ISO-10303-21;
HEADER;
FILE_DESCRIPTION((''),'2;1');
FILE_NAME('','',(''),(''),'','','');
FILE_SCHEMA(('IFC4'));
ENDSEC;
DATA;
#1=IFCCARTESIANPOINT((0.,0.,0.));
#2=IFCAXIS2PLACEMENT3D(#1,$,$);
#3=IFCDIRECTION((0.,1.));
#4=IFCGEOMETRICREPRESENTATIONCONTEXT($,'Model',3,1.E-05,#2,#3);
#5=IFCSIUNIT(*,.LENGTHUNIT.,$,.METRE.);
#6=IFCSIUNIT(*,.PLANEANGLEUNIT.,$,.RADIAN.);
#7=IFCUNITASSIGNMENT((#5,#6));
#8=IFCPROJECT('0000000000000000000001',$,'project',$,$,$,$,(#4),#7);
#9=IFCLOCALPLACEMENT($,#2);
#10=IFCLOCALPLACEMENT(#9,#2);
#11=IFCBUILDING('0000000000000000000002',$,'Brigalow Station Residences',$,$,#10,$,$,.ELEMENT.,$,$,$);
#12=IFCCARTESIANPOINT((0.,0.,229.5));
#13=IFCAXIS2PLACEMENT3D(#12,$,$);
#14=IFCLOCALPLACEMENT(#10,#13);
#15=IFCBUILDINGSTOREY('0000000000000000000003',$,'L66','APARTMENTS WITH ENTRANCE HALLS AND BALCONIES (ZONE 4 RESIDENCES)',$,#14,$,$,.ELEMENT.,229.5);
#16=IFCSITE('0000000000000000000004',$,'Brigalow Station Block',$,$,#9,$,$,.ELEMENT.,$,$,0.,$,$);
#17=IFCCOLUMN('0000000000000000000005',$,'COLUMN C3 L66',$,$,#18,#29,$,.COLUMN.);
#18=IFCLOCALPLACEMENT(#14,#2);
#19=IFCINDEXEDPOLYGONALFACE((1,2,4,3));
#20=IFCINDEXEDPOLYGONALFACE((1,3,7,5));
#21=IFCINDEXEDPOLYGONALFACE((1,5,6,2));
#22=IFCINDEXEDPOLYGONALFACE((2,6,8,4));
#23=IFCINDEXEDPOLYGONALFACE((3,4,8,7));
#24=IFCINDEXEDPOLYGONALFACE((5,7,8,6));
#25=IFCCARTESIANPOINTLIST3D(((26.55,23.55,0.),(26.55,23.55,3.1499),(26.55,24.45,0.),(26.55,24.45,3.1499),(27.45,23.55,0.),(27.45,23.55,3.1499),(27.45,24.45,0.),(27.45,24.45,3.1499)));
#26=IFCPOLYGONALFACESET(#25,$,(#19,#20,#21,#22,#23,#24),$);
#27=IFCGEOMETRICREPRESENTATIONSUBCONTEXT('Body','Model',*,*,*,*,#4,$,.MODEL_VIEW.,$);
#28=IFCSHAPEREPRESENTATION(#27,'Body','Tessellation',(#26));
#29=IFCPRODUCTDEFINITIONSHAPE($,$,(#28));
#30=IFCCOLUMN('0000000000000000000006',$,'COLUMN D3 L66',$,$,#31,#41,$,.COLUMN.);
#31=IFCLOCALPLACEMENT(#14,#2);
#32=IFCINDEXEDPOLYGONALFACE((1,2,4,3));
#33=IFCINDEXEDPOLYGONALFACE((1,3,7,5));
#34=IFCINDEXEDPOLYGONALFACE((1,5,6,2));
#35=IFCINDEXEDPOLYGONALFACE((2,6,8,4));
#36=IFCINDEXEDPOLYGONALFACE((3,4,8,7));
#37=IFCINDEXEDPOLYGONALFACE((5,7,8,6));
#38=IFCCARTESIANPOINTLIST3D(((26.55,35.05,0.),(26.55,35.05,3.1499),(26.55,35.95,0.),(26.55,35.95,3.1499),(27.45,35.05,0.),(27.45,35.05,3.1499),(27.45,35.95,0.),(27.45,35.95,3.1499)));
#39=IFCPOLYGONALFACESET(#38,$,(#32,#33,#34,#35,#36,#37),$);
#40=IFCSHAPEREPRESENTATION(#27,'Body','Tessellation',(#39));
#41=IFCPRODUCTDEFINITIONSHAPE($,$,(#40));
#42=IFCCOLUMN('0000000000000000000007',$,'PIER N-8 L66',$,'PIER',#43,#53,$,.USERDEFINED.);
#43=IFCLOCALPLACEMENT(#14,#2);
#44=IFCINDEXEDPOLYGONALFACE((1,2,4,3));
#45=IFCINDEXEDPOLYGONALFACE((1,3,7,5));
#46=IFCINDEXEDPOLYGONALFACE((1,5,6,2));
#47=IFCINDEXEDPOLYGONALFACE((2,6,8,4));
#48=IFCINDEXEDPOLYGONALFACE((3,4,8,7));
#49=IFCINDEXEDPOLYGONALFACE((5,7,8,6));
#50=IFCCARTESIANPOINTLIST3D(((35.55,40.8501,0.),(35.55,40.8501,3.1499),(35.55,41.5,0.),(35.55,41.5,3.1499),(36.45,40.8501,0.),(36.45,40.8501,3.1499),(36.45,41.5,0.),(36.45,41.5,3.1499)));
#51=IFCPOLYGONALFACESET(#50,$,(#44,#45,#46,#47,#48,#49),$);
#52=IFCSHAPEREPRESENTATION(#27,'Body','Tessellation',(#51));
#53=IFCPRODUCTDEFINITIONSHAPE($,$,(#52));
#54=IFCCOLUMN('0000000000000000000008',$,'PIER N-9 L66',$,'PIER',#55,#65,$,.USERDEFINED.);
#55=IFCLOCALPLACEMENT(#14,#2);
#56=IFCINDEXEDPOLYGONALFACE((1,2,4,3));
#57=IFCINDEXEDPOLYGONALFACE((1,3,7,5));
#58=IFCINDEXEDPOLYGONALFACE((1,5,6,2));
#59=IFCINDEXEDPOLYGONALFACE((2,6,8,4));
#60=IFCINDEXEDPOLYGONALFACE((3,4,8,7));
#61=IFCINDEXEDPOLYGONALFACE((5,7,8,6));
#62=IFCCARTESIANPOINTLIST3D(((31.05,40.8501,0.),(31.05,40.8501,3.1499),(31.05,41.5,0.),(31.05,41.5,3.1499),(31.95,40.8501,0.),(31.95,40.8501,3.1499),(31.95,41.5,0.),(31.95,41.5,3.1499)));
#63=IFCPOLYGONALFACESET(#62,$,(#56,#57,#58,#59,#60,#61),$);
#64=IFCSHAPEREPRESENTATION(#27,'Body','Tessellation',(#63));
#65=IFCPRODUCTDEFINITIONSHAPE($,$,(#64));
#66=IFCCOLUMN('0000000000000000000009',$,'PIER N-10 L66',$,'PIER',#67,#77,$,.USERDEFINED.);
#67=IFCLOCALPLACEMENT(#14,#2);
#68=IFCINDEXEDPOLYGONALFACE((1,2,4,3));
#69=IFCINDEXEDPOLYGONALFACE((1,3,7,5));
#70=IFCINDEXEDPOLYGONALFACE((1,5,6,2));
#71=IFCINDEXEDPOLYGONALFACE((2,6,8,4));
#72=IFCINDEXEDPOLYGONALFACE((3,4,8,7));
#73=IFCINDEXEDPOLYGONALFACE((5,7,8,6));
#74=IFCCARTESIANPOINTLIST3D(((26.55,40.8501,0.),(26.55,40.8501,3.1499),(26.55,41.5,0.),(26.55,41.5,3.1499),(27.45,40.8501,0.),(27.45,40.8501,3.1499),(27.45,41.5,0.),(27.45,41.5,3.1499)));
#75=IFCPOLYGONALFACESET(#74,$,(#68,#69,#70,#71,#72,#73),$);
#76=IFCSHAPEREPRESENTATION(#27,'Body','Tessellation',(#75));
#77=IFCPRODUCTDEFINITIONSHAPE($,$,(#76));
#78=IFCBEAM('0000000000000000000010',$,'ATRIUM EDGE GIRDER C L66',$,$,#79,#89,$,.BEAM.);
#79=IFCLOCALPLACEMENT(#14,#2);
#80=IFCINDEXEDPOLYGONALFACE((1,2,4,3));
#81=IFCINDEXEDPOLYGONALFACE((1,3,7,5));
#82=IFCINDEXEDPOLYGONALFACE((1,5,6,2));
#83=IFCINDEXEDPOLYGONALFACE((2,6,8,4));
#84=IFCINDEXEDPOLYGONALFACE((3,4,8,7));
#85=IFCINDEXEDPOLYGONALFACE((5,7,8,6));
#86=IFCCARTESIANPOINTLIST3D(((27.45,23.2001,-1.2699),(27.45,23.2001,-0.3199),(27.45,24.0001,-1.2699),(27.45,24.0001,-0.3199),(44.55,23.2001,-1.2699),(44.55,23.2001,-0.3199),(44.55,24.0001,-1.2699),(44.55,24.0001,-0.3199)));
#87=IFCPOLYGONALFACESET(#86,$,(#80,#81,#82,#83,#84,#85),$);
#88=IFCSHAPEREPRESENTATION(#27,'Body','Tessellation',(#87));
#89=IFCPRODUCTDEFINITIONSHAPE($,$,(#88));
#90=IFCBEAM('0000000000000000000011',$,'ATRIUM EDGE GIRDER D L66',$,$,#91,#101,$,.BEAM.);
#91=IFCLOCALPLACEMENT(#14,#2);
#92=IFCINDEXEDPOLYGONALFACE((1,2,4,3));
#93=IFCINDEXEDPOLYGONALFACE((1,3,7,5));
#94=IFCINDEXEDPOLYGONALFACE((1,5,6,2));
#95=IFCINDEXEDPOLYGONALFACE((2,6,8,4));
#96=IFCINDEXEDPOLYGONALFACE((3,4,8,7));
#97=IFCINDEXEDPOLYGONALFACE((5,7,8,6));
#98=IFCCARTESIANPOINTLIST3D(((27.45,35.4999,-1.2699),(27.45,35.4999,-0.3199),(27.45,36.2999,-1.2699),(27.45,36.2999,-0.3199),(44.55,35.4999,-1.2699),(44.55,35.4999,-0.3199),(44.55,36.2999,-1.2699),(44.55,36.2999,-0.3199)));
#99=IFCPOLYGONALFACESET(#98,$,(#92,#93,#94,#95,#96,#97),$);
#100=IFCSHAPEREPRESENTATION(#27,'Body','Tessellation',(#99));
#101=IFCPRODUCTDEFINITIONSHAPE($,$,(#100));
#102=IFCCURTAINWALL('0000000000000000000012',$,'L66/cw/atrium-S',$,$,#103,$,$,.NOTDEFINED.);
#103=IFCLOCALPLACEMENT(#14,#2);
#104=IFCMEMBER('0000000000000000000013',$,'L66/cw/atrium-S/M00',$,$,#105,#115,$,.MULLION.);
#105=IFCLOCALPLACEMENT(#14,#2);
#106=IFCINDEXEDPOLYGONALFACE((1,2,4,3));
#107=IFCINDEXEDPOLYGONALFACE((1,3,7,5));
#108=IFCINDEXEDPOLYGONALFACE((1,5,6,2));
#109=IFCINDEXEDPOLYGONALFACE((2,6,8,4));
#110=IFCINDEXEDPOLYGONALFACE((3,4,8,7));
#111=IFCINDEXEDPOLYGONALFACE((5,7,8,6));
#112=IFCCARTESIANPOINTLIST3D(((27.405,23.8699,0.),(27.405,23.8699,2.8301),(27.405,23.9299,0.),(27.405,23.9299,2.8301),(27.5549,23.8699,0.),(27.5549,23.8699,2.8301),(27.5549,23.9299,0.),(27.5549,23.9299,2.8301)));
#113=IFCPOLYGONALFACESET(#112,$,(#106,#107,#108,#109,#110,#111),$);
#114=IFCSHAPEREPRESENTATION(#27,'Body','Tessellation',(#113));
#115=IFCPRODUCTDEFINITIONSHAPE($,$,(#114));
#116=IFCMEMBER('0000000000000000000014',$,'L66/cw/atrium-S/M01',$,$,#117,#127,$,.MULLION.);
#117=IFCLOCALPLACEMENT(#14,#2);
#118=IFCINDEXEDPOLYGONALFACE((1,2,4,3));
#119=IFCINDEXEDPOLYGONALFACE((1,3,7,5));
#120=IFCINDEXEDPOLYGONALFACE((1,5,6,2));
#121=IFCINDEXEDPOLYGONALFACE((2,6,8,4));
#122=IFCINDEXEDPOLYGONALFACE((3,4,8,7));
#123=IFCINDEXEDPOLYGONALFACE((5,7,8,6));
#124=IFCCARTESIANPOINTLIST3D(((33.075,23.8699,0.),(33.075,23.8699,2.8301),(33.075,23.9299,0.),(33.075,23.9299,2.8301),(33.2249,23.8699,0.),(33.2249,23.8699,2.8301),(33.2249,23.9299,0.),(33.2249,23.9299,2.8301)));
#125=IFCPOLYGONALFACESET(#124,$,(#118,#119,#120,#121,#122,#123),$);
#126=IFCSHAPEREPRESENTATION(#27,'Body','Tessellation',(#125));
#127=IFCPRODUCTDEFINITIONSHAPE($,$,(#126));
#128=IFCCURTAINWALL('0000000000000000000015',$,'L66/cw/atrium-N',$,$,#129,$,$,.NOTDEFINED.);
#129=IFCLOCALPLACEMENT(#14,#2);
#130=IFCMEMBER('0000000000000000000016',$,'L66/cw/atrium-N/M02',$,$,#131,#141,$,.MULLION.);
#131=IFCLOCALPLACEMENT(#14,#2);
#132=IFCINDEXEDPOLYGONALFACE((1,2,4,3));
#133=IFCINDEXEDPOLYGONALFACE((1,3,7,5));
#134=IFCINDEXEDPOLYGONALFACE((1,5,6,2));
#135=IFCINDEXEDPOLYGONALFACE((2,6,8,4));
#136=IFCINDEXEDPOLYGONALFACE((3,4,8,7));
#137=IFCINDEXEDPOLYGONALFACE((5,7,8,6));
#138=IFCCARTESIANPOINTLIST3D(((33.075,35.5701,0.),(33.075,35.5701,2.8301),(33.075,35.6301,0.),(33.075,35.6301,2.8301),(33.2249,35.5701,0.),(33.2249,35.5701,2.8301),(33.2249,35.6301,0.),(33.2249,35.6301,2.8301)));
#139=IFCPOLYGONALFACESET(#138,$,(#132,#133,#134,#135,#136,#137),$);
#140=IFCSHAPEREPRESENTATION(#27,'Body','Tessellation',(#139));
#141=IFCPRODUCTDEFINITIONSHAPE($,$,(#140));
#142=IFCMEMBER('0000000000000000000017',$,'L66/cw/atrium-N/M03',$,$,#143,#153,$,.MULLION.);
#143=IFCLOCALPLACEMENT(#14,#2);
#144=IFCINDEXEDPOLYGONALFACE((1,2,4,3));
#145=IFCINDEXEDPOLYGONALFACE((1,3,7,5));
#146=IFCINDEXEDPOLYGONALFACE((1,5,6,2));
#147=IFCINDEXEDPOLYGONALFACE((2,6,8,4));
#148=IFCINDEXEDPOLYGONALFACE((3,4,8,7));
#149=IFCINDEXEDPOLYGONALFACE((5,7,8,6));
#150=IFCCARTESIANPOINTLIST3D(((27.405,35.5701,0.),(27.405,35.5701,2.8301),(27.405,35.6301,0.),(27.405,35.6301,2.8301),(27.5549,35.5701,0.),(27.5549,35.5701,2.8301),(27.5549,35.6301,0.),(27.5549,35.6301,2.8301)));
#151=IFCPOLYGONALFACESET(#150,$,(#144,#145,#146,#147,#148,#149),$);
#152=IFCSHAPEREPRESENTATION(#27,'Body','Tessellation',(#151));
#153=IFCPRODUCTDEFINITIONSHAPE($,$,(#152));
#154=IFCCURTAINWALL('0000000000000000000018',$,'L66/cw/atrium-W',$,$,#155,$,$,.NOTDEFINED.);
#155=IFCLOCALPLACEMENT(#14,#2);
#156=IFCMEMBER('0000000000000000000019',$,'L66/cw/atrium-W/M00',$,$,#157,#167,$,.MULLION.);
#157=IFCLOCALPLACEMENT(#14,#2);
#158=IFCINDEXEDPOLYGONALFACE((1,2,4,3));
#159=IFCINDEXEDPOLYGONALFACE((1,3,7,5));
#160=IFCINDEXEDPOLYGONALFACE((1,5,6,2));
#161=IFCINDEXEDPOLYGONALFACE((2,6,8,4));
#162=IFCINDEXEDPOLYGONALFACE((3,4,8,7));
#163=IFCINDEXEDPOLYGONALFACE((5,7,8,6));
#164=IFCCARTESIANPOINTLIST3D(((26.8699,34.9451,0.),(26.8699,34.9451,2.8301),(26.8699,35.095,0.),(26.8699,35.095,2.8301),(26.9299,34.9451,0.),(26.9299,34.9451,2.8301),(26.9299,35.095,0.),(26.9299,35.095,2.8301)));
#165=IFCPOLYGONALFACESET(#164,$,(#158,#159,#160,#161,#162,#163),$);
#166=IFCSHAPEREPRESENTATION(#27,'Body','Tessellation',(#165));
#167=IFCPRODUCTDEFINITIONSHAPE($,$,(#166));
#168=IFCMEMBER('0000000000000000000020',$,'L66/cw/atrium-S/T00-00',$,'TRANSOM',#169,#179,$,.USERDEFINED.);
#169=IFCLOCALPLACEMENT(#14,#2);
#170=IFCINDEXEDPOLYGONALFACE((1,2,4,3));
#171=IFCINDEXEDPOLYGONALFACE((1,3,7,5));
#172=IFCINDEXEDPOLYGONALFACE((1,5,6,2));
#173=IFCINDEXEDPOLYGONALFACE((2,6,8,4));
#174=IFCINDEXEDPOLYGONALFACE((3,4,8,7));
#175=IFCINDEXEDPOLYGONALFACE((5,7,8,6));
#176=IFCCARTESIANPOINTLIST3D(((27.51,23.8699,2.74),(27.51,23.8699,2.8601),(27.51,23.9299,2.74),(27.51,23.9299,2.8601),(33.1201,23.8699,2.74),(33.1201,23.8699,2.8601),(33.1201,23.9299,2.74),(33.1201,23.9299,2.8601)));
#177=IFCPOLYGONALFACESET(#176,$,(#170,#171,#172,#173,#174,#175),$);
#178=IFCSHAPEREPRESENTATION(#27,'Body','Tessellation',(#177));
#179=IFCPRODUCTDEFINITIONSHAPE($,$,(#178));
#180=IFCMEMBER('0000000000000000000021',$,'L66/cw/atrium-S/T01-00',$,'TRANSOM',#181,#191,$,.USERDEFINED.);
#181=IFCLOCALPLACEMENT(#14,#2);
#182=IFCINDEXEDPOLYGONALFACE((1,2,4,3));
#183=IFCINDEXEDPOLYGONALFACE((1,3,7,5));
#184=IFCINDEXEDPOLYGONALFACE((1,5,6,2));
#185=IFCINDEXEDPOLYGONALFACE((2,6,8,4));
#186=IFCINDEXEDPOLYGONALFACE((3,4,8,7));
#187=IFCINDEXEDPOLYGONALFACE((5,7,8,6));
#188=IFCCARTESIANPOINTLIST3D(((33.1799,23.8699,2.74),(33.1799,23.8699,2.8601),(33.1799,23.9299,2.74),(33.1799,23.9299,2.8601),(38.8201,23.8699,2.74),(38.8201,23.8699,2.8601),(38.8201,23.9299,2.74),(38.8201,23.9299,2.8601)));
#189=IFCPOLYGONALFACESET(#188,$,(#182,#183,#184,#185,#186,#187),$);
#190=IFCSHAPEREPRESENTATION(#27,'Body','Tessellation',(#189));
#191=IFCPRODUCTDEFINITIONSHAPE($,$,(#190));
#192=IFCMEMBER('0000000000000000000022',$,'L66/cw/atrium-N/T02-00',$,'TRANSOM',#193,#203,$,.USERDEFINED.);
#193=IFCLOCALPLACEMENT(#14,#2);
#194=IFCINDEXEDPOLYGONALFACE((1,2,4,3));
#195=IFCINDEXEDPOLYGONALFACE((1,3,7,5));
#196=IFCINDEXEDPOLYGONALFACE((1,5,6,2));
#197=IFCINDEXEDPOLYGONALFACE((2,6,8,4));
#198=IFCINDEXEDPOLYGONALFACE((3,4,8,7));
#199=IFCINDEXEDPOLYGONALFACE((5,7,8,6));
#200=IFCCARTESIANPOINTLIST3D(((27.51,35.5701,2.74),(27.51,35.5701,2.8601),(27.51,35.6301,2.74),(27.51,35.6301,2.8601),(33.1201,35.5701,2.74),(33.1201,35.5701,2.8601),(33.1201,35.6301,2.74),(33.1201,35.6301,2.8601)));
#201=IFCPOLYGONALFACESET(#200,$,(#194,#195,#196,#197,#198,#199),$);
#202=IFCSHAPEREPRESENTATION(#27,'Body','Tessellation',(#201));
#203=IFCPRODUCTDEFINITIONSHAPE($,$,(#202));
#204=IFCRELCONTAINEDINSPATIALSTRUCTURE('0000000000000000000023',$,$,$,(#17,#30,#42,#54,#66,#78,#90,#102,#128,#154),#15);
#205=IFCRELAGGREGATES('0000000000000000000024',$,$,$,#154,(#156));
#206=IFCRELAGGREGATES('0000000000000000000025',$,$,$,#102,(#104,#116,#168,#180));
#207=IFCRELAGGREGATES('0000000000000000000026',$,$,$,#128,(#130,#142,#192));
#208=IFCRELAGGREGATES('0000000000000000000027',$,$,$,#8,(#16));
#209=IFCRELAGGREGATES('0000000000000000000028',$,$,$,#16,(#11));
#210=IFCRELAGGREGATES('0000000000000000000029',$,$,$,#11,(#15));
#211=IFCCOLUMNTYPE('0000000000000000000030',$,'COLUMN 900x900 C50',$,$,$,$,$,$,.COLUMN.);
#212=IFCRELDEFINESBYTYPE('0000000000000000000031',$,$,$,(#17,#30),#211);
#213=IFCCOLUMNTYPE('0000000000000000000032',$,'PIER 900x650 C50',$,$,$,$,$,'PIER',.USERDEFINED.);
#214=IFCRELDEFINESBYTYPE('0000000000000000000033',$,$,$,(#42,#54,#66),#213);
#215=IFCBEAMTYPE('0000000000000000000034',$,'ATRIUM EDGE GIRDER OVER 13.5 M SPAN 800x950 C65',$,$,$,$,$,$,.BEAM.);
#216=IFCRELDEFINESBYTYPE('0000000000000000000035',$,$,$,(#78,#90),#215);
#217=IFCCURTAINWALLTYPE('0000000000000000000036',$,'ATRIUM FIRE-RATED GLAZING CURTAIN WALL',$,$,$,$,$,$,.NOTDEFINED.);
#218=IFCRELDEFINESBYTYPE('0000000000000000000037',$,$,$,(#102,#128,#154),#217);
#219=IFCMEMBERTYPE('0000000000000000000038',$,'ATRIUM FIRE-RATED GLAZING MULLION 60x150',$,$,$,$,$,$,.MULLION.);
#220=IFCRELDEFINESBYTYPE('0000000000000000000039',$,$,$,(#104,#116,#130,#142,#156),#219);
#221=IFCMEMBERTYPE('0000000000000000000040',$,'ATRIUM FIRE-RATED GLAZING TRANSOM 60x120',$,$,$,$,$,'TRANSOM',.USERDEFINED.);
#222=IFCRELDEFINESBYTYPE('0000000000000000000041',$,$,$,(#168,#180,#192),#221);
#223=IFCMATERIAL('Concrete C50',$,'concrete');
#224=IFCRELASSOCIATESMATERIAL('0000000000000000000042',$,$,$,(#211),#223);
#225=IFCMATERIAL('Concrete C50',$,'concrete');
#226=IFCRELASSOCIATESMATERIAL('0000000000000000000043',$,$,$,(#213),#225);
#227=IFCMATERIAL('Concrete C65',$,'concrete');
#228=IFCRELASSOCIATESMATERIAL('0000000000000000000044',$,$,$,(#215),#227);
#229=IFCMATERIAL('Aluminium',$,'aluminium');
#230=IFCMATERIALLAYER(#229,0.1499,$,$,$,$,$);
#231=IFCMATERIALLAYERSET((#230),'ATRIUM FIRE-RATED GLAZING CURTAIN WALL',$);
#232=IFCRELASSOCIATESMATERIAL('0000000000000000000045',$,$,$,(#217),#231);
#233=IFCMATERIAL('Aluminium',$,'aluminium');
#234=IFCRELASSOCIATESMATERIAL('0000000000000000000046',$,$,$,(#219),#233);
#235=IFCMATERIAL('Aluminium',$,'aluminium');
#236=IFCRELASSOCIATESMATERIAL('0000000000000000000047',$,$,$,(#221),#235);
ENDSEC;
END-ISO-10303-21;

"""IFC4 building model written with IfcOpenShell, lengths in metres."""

from ifc_helpers import new_model, si_unit, direction, frame, origin, origin_2d, place, context, subcontext, project, spatial, rectangle, extrude, material, layer, layer_set, material_profile, profile_set, type_object, element, aggregate, save


model = new_model("IFC4")

# Units and contexts
model_context = context("Model", 3, precision=1e-05, world=origin(), true_north=direction((0.0, 1.0)))
body_context = subcontext(model_context, "Body", "Model", "MODEL_VIEW")
ifc_project = project(units=[si_unit("LENGTHUNIT", "METRE"), si_unit("PLANEANGLEUNIT", "RADIAN")], contexts=[model_context])

# Site, building, storey
site_placement = place(None, origin())
site = spatial("IfcSite", under=ifc_project, at=site_placement, Name="Brigalow Station Block", CompositionType="ELEMENT", RefElevation=0.0)
building_placement = place(site_placement, origin())
building = spatial("IfcBuilding", under=site, at=building_placement, Name="Brigalow Station Residences", CompositionType="ELEMENT")
storey_placement = place(building_placement, frame((0.0, 0.0, 229.5)))
storey = spatial("IfcBuildingStorey", under=building, at=storey_placement, Name="L66", Description="APARTMENTS WITH ENTRANCE HALLS AND BALCONIES (ZONE 4 RESIDENCES)", CompositionType="ELEMENT", Elevation=229.5)

# Columns
ifc_material_1 = material(Name="Concrete C50", Category="concrete")
ifc_material_profile_1 = material_profile(ifc_material_1, rectangle(XDim=0.8999, YDim=0.8999, at=origin_2d()), Name="RC900x900")
ifc_profile_set_1 = profile_set([ifc_material_profile_1], Name="Concrete C50")
column_type_1 = type_object("IfcColumnType", Name="COLUMN 900x900 C50", PredefinedType="COLUMN", material=ifc_profile_set_1)
for number, where, z_axis, x_axis, name in (
    (1, (27.0, 24.0, 0.0), (0.0, 0.0, 1.0), (1.0, 0.0, 0.0), "COLUMN C3 L66"),
    (2, (27.0, 35.5, 0.0), (0.0, 0.0, 1.0), (1.0, 0.0, 0.0), "COLUMN D3 L66"),
):
    element("IfcColumn", number, at=place(storey_placement, frame(where, z_axis=z_axis, x_axis=x_axis)), inside=storey, type_object=column_type_1, Name=name, PredefinedType="COLUMN", context=body_context, shape_type="SweptSolid", body=[
        extrude(rectangle(XDim=0.8999, YDim=0.8999, at=origin_2d()), origin(), (0.0, 0.0, 1.0), 3.1499),
    ])
ifc_material_2 = material(Name="Concrete C50", Category="concrete")
ifc_material_profile_2 = material_profile(ifc_material_2, rectangle(XDim=0.8999, YDim=0.6499, at=origin_2d()), Name="RC900x650")
ifc_profile_set_2 = profile_set([ifc_material_profile_2], Name="Concrete C50")
column_type_2 = type_object("IfcColumnType", Name="PIER 900x650 C50", ElementType="PIER", PredefinedType="USERDEFINED", material=ifc_profile_set_2)
for number, where, z_axis, x_axis, name in (
    (3, (36.0, 41.175, 0.0), (0.0, 0.0, 1.0), (-1.0, 0.0, 0.0), "PIER N-8 L66"),
    (4, (31.5, 41.175, 0.0), (0.0, 0.0, 1.0), (-1.0, 0.0, 0.0), "PIER N-9 L66"),
    (5, (27.0, 41.175, 0.0), (0.0, 0.0, 1.0), (-1.0, 0.0, 0.0), "PIER N-10 L66"),
):
    element("IfcColumn", number, at=place(storey_placement, frame(where, z_axis=z_axis, x_axis=x_axis)), inside=storey, type_object=column_type_2, Name=name, ObjectType="PIER", PredefinedType="USERDEFINED", context=body_context, shape_type="SweptSolid", body=[
        extrude(rectangle(XDim=0.8999, YDim=0.6499, at=origin_2d()), origin(), (0.0, 0.0, 1.0), 3.1499),
    ])

# Beams
ifc_material_3 = material(Name="Concrete C65", Category="concrete")
ifc_material_profile_3 = material_profile(ifc_material_3, rectangle(XDim=0.8, YDim=0.95, at=origin_2d()), Name="RC800x950")
ifc_profile_set_3 = profile_set([ifc_material_profile_3], Name="Concrete C65")
beam_type = type_object("IfcBeamType", Name="ATRIUM EDGE GIRDER OVER 13.5 M SPAN 800x950 C65", PredefinedType="BEAM", material=ifc_profile_set_3)
for number, where, z_axis, x_axis, name in (
    (6, (27.45, 23.6001, -0.7949), (1.0, 0.0, 0.0), (0.0, 1.0, 0.0), "ATRIUM EDGE GIRDER C L66"),
    (7, (27.45, 35.8999, -0.7949), (1.0, 0.0, 0.0), (0.0, 1.0, 0.0), "ATRIUM EDGE GIRDER D L66"),
):
    element("IfcBeam", number, at=place(storey_placement, frame(where, z_axis=z_axis, x_axis=x_axis)), inside=storey, type_object=beam_type, Name=name, PredefinedType="BEAM", context=body_context, shape_type="SweptSolid", body=[
        extrude(rectangle(XDim=0.8, YDim=0.95, at=origin_2d()), origin(), (0.0, 0.0, 1.0), 17.1001),
    ])

# Curtain walls, members
ifc_material_4 = material(Name="Aluminium", Category="aluminium")
ifc_layer_1 = layer(ifc_material_4, 0.1499)
ifc_layer_set_1 = layer_set([ifc_layer_1], Name="ATRIUM FIRE-RATED GLAZING CURTAIN WALL")
curtain_wall_type = type_object("IfcCurtainWallType", Name="ATRIUM FIRE-RATED GLAZING CURTAIN WALL", PredefinedType="NOTDEFINED", material=ifc_layer_set_1)
curtain_wall_1_placement = place(storey_placement, origin())
curtain_wall_1 = element("IfcCurtainWall", 8, at=curtain_wall_1_placement, inside=storey, type_object=curtain_wall_type, Name="L66/cw/atrium-S", PredefinedType="NOTDEFINED")
ifc_material_5 = material(Name="Aluminium", Category="aluminium")
ifc_material_profile_4 = material_profile(ifc_material_5, rectangle(XDim=0.0601, YDim=0.1499, at=origin_2d()), Name="ATRIUM FIRE-RATED GLAZING MULLION 60x150")
ifc_profile_set_4 = profile_set([ifc_material_profile_4], Name="Aluminium")
member_type_1 = type_object("IfcMemberType", Name="ATRIUM FIRE-RATED GLAZING MULLION 60x150", PredefinedType="MULLION", material=ifc_profile_set_4)
member_1_placement = place(storey_placement, frame((27.48, 23.8999, 0.0), z_axis=(0.0, 0.0, 1.0), x_axis=(0.0, 1.0, 0.0)))
member_1 = element("IfcMember", 9, at=member_1_placement, type_object=member_type_1, Name="L66/cw/atrium-S/M00", PredefinedType="MULLION", context=body_context, shape_type="SweptSolid", body=[
    extrude(rectangle(XDim=0.0601, YDim=0.1499, at=origin_2d()), origin(), (0.0, 0.0, 1.0), 2.8301),
])
member_2_placement = place(storey_placement, frame((33.1499, 23.8999, 0.0), z_axis=(0.0, 0.0, 1.0), x_axis=(0.0, 1.0, 0.0)))
member_2 = element("IfcMember", 10, at=member_2_placement, type_object=member_type_1, Name="L66/cw/atrium-S/M01", PredefinedType="MULLION", context=body_context, shape_type="SweptSolid", body=[
    extrude(rectangle(XDim=0.0601, YDim=0.1499, at=origin_2d()), origin(), (0.0, 0.0, 1.0), 2.8301),
])
curtain_wall_2_placement = place(storey_placement, origin())
curtain_wall_2 = element("IfcCurtainWall", 11, at=curtain_wall_2_placement, inside=storey, type_object=curtain_wall_type, Name="L66/cw/atrium-N", PredefinedType="NOTDEFINED")
member_3_placement = place(storey_placement, frame((33.1499, 35.6001, 0.0), z_axis=(0.0, 0.0, 1.0), x_axis=(0.0, -1.0, 0.0)))
member_3 = element("IfcMember", 12, at=member_3_placement, type_object=member_type_1, Name="L66/cw/atrium-N/M02", PredefinedType="MULLION", context=body_context, shape_type="SweptSolid", body=[
    extrude(rectangle(XDim=0.0601, YDim=0.1499, at=origin_2d()), origin(), (0.0, 0.0, 1.0), 2.8301),
])
member_4_placement = place(storey_placement, frame((27.48, 35.6001, 0.0), z_axis=(0.0, 0.0, 1.0), x_axis=(0.0, -1.0, 0.0)))
member_4 = element("IfcMember", 13, at=member_4_placement, type_object=member_type_1, Name="L66/cw/atrium-N/M03", PredefinedType="MULLION", context=body_context, shape_type="SweptSolid", body=[
    extrude(rectangle(XDim=0.0601, YDim=0.1499, at=origin_2d()), origin(), (0.0, 0.0, 1.0), 2.8301),
])

# Curtain wall, member
curtain_wall_3_placement = place(storey_placement, origin())
curtain_wall_3 = element("IfcCurtainWall", 14, at=curtain_wall_3_placement, inside=storey, type_object=curtain_wall_type, Name="L66/cw/atrium-W", PredefinedType="NOTDEFINED")
member_5_placement = place(storey_placement, frame((26.8999, 35.02, 0.0), z_axis=(0.0, 0.0, 1.0), x_axis=(1.0, 0.0, 0.0)))
member_5 = element("IfcMember", 15, at=member_5_placement, type_object=member_type_1, Name="L66/cw/atrium-W/M00", PredefinedType="MULLION", context=body_context, shape_type="SweptSolid", body=[
    extrude(rectangle(XDim=0.0601, YDim=0.1499, at=origin_2d()), origin(), (0.0, 0.0, 1.0), 2.8301),
])
aggregate(curtain_wall_3, [member_5])

# Members
ifc_material_6 = material(Name="Aluminium", Category="aluminium")
ifc_material_profile_5 = material_profile(ifc_material_6, rectangle(XDim=0.0601, YDim=0.1201, at=origin_2d()), Name="ATRIUM FIRE-RATED GLAZING TRANSOM 60x120")
ifc_profile_set_5 = profile_set([ifc_material_profile_5], Name="Aluminium")
member_type_2 = type_object("IfcMemberType", Name="ATRIUM FIRE-RATED GLAZING TRANSOM 60x120", ElementType="TRANSOM", PredefinedType="USERDEFINED", material=ifc_profile_set_5)
member_6_placement = place(storey_placement, frame((27.51, 23.8999, 2.8), z_axis=(1.0, 0.0, 0.0), x_axis=(0.0, 1.0, 0.0)))
member_6 = element("IfcMember", 16, at=member_6_placement, type_object=member_type_2, Name="L66/cw/atrium-S/T00-00", ObjectType="TRANSOM", PredefinedType="USERDEFINED", context=body_context, shape_type="SweptSolid", body=[
    extrude(rectangle(XDim=0.0601, YDim=0.1201, at=origin_2d()), origin(), (0.0, 0.0, 1.0), 5.6101),
])
member_7_placement = place(storey_placement, frame((33.1799, 23.8999, 2.8), z_axis=(1.0, 0.0, 0.0), x_axis=(0.0, 1.0, 0.0)))
member_7 = element("IfcMember", 17, at=member_7_placement, type_object=member_type_2, Name="L66/cw/atrium-S/T01-00", ObjectType="TRANSOM", PredefinedType="USERDEFINED", context=body_context, shape_type="SweptSolid", body=[
    extrude(rectangle(XDim=0.0601, YDim=0.1201, at=origin_2d()), origin(), (0.0, 0.0, 1.0), 5.6401),
])
member_8_placement = place(storey_placement, frame((33.1201, 35.6001, 2.8), z_axis=(-1.0, 0.0, 0.0), x_axis=(0.0, -1.0, 0.0)))
member_8 = element("IfcMember", 18, at=member_8_placement, type_object=member_type_2, Name="L66/cw/atrium-N/T02-00", ObjectType="TRANSOM", PredefinedType="USERDEFINED", context=body_context, shape_type="SweptSolid", body=[
    extrude(rectangle(XDim=0.0601, YDim=0.1201, at=origin_2d()), origin(), (0.0, 0.0, 1.0), 5.6101),
])

aggregate(curtain_wall_1, [member_1, member_2, member_6, member_7])
aggregate(curtain_wall_2, [member_3, member_4, member_8])

save(model, "model.ifc")
